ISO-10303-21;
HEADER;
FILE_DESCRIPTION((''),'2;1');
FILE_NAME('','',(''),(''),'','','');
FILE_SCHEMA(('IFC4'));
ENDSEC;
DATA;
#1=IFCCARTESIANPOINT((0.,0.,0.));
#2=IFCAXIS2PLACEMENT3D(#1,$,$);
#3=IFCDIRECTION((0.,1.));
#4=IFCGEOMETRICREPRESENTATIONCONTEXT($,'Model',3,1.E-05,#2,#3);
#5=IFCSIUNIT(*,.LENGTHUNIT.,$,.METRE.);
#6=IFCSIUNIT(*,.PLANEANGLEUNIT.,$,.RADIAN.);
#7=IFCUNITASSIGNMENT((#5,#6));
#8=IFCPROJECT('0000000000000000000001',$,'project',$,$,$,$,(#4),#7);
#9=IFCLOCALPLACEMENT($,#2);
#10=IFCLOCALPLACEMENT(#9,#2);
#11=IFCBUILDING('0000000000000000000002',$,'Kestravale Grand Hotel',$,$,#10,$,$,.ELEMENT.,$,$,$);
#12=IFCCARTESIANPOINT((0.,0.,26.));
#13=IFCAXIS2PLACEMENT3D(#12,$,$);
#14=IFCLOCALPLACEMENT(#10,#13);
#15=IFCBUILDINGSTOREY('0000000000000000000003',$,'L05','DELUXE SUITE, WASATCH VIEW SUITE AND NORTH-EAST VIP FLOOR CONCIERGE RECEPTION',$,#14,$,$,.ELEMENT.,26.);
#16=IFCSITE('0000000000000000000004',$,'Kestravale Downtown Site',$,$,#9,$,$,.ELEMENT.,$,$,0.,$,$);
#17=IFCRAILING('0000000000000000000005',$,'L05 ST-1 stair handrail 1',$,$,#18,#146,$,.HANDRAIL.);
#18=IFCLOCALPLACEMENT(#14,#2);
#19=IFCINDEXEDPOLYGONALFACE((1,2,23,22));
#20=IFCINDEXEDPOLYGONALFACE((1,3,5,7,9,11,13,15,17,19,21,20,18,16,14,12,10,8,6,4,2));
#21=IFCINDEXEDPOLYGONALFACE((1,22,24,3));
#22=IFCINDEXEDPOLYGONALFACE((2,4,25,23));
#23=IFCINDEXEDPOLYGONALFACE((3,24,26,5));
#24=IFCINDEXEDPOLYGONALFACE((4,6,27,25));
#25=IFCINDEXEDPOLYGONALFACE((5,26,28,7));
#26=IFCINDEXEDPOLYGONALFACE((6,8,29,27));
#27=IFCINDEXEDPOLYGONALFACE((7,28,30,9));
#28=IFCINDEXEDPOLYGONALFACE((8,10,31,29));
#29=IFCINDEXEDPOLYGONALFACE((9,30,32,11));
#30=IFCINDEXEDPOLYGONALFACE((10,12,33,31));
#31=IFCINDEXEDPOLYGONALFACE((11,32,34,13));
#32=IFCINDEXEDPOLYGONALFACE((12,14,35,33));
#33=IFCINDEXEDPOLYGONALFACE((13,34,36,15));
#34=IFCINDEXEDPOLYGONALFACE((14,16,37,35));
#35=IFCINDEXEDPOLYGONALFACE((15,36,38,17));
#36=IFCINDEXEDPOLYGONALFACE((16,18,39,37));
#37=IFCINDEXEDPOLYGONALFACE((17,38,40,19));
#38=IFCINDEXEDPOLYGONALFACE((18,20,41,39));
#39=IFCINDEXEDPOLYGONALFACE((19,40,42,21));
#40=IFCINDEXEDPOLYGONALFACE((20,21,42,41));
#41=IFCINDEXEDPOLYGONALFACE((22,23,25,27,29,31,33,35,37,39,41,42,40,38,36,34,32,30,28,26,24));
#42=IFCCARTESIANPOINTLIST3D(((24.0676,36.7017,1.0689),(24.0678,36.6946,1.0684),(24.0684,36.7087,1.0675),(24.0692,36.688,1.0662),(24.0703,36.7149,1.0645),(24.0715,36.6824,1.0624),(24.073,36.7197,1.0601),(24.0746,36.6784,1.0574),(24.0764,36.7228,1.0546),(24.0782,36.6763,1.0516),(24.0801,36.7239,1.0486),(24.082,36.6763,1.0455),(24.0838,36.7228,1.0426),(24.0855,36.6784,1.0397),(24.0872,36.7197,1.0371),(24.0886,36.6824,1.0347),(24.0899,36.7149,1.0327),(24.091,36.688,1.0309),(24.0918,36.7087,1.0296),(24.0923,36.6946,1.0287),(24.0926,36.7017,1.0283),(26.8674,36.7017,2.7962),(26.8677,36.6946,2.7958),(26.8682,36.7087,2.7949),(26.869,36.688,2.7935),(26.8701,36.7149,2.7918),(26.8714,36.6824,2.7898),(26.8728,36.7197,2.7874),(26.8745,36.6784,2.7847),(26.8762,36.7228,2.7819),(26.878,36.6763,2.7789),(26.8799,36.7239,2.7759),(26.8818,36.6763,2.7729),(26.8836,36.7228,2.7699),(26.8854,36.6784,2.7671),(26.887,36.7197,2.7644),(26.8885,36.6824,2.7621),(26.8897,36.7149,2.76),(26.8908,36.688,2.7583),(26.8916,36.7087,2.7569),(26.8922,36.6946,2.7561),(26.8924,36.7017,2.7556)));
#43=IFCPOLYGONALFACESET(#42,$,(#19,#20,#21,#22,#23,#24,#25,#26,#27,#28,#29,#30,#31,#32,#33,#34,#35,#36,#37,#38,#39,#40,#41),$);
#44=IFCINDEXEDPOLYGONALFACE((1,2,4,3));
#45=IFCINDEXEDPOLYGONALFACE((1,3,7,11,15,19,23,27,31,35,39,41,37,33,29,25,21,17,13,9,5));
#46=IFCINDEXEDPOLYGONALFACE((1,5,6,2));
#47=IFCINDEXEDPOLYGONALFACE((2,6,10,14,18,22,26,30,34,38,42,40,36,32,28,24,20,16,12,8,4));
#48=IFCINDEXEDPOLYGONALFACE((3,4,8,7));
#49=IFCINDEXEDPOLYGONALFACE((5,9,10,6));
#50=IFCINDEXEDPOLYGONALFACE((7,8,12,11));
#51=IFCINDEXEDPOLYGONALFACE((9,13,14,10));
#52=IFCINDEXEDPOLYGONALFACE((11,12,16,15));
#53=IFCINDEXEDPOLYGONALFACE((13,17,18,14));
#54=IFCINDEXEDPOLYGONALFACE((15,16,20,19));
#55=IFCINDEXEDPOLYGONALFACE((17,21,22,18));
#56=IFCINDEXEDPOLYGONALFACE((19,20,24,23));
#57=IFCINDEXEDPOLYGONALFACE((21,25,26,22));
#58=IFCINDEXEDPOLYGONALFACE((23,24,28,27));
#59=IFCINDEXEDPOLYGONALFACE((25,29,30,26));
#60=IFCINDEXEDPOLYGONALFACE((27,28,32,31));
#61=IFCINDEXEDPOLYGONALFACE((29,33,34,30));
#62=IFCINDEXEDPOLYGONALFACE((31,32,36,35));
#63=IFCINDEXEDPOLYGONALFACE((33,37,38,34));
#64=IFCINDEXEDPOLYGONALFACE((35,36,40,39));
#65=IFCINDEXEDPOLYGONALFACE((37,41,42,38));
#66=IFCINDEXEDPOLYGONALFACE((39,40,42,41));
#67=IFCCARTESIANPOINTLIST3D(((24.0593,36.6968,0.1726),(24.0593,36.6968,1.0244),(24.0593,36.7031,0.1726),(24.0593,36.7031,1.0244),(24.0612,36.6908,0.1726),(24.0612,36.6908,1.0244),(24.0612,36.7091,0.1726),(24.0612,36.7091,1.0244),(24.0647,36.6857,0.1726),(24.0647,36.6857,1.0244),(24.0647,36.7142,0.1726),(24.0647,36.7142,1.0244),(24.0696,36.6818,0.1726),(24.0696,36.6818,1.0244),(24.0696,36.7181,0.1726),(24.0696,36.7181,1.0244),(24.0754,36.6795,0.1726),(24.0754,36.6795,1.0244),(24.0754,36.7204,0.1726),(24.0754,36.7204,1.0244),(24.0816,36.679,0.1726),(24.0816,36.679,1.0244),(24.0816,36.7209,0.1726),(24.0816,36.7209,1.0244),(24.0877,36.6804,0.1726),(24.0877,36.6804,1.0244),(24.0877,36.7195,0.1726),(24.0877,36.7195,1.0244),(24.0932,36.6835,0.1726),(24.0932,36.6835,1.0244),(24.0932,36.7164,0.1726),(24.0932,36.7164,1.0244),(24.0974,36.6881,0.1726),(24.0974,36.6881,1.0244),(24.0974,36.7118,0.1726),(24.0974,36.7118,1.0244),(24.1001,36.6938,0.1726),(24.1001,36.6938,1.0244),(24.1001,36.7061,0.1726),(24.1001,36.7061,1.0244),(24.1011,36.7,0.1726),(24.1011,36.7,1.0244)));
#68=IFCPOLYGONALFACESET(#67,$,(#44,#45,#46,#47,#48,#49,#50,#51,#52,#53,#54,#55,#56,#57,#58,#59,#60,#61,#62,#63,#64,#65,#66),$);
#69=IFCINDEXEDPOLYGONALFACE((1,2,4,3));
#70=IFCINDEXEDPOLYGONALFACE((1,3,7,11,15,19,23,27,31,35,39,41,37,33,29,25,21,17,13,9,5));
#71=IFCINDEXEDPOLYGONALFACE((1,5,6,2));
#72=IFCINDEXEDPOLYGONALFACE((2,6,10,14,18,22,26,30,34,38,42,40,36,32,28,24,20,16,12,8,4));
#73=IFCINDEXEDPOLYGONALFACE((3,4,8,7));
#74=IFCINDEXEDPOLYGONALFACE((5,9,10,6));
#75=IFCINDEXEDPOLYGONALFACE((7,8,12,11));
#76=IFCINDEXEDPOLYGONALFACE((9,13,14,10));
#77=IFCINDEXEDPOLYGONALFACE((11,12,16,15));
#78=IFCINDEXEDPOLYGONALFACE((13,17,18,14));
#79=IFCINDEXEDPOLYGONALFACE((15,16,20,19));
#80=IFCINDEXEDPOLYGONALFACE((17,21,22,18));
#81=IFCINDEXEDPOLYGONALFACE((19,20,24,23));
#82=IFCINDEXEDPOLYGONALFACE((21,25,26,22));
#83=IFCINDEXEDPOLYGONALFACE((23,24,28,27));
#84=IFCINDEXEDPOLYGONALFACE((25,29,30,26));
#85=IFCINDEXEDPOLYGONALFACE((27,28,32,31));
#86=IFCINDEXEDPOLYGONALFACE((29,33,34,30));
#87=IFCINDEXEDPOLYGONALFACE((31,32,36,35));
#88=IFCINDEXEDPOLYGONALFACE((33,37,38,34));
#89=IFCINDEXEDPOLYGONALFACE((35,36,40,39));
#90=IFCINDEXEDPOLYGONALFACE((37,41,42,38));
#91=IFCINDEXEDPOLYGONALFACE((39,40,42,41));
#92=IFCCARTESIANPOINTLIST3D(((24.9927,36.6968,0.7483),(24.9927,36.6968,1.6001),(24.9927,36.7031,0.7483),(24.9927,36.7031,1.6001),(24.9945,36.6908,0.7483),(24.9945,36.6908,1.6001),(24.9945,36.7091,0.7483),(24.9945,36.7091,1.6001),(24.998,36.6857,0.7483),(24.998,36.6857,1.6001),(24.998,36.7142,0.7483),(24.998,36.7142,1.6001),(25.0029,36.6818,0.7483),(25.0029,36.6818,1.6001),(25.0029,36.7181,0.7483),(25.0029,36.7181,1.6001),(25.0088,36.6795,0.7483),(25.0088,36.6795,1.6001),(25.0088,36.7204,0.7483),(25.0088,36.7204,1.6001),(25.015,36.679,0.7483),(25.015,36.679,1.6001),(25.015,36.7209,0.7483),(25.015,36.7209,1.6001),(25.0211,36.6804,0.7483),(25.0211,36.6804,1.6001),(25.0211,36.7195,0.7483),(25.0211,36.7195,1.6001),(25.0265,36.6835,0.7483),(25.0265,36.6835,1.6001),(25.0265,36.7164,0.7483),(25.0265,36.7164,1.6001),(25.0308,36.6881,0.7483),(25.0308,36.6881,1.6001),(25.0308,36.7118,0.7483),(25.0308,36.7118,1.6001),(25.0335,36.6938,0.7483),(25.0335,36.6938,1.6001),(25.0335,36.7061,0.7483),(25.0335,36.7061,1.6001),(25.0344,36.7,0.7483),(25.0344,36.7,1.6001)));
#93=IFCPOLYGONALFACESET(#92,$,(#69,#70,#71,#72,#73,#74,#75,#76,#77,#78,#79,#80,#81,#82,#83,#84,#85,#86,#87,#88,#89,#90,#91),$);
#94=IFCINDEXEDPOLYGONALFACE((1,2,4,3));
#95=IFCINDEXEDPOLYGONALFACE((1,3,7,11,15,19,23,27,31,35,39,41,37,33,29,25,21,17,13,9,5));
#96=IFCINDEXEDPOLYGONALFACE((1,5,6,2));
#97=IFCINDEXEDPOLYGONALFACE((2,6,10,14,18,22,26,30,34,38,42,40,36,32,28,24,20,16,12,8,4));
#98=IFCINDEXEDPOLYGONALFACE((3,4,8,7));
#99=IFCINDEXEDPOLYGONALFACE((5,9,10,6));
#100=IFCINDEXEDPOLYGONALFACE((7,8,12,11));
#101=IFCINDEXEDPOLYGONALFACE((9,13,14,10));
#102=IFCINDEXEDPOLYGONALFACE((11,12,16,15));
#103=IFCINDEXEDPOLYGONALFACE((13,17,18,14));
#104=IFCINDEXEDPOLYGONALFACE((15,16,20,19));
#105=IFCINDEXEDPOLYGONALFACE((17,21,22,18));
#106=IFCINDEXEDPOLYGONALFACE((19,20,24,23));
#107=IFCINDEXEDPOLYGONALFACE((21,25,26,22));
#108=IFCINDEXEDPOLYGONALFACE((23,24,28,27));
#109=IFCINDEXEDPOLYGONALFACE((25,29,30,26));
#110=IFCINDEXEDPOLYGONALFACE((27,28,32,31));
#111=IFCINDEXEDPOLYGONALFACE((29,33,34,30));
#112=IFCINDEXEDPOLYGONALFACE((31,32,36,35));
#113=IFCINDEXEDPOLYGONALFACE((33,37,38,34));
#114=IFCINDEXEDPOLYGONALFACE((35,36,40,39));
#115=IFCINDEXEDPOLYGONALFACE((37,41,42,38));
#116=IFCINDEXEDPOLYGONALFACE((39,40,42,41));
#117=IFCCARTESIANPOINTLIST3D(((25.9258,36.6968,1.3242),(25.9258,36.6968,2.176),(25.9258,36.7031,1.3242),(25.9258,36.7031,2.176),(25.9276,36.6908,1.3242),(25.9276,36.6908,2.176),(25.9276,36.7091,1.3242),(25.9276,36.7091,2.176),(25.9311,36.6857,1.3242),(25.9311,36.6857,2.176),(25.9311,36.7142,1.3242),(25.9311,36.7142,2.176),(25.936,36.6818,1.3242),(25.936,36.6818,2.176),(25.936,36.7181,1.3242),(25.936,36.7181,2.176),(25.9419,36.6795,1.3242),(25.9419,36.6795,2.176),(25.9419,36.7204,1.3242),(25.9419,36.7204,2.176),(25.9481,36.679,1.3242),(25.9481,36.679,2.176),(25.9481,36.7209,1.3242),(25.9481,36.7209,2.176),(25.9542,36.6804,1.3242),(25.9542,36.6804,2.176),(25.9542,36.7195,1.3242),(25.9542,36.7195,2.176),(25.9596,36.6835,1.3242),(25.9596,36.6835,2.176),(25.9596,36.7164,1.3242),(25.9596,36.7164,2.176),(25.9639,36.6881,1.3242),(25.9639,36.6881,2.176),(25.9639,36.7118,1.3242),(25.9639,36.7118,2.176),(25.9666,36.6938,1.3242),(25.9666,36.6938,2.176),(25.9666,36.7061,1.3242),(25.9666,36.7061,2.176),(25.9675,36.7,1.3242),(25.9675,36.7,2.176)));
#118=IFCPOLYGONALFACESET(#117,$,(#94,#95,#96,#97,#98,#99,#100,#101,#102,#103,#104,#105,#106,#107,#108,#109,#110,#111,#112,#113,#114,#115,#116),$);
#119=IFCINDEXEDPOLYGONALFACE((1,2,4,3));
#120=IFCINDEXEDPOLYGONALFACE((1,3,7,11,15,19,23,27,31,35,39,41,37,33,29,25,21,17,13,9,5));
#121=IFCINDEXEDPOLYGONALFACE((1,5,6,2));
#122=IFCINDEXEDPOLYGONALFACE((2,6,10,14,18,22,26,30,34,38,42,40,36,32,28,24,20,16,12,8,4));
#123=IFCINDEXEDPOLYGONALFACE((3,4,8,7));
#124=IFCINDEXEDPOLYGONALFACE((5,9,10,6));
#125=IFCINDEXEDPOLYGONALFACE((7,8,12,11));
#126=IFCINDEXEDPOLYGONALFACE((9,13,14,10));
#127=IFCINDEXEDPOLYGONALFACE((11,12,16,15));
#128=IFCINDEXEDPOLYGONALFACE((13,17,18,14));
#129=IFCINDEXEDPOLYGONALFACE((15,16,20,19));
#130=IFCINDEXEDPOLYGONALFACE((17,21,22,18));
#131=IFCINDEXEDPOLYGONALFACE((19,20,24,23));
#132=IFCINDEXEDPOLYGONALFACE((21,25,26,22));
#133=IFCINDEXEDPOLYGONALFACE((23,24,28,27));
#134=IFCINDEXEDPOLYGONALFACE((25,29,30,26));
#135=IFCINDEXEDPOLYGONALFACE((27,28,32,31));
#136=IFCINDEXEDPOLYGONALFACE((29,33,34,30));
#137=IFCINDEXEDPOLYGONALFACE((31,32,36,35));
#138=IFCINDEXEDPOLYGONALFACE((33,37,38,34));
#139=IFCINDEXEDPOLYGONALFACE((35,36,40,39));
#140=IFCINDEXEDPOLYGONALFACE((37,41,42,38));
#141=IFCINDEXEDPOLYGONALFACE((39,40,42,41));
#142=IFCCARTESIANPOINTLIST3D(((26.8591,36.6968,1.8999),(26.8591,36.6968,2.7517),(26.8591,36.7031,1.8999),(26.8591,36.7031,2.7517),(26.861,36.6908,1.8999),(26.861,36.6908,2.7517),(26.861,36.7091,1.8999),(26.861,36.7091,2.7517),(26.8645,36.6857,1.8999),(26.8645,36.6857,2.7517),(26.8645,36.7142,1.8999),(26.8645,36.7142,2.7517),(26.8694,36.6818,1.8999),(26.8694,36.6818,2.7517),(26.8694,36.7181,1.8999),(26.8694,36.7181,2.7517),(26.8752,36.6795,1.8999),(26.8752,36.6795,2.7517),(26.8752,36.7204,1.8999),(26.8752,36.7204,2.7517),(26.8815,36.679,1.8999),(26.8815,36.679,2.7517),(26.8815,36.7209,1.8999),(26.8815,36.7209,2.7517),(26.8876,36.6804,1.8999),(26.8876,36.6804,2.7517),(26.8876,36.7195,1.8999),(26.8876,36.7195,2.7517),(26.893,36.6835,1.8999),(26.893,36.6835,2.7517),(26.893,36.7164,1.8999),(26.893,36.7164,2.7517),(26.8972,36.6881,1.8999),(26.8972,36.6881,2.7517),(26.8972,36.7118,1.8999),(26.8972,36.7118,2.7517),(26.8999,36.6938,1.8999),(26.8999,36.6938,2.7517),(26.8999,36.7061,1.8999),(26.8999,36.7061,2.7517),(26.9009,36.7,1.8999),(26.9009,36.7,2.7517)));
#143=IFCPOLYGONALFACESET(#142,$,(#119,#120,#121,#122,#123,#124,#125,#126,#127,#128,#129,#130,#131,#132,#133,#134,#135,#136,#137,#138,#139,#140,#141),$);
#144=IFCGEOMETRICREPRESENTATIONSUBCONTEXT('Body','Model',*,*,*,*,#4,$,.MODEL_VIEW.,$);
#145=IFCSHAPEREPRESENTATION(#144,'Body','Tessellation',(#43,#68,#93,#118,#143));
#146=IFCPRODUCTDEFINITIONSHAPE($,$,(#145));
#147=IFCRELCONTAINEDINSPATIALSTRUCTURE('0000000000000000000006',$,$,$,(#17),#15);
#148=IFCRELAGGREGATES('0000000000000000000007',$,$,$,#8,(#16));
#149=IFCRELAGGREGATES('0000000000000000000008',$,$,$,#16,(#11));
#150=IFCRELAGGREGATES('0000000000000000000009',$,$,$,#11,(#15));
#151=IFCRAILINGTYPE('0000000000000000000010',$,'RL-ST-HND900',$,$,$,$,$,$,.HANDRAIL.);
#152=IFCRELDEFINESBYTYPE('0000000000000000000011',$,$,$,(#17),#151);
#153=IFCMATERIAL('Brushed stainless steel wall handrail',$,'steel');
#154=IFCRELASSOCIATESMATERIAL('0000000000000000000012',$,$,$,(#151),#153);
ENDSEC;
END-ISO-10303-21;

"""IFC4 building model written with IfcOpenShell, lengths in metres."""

from ifc_helpers import new_model, si_unit, direction, frame, origin, origin_2d, place, context, subcontext, project, spatial, circle, extrude, material, type_object, element, save


model = new_model("IFC4")

# Units and contexts
model_context = context("Model", 3, precision=1e-05, world=origin(), true_north=direction((0.0, 1.0)))
body_context = subcontext(model_context, "Body", "Model", "MODEL_VIEW")
ifc_project = project(units=[si_unit("LENGTHUNIT", "METRE"), si_unit("PLANEANGLEUNIT", "RADIAN")], contexts=[model_context])

# Site, building, storey
site_placement = place(None, origin())
site = spatial("IfcSite", under=ifc_project, at=site_placement, Name="Kestravale Downtown Site", CompositionType="ELEMENT", RefElevation=0.0)
building_placement = place(site_placement, origin())
building = spatial("IfcBuilding", under=site, at=building_placement, Name="Kestravale Grand Hotel", CompositionType="ELEMENT")
storey_placement = place(building_placement, frame((0.0, 0.0, 26.0)))
storey = spatial("IfcBuildingStorey", under=building, at=storey_placement, Name="L05", Description="DELUXE SUITE, WASATCH VIEW SUITE AND NORTH-EAST VIP FLOOR CONCIERGE RECEPTION", CompositionType="ELEMENT", Elevation=26.0)

# Railing
ifc_material_1 = material(Name="Brushed stainless steel wall handrail", Category="steel")
railing_type_1 = type_object("IfcRailingType", Name="RL-ST-HND900", PredefinedType="HANDRAIL", material=ifc_material_1)
railing_1_placement = place(storey_placement, frame((24.0801, 36.7, 0.1726)))
element("IfcRailing", 1, at=railing_1_placement, inside=storey, type_object=railing_type_1, Name="L05 ST-1 stair handrail 1", PredefinedType="HANDRAIL", context=body_context, shape_type="SweptSolid", body=[
    extrude(circle(Radius=0.0239, at=origin_2d()), frame((0.0, 0.0, 0.876), z_axis=(0.851069, 0.0, 0.525054), x_axis=(0.0, 1.0, 0.0)), (0.0, 0.0, 1.0), 3.2898),
    extrude(circle(Radius=0.021, at=origin_2d()), origin(), (0.0, 0.0, 1.0), 0.8518),
    extrude(circle(Radius=0.021, at=origin_2d()), frame((0.9333, 0.0, 0.5757)), (0.0, 0.0, 1.0), 0.8518),
    extrude(circle(Radius=0.021, at=origin_2d()), frame((1.8665, 0.0, 1.1516)), (0.0, 0.0, 1.0), 0.8518),
    extrude(circle(Radius=0.021, at=origin_2d()), frame((2.7998, 0.0, 1.7273)), (0.0, 0.0, 1.0), 0.8518),
])

save(model, "model.ifc")
